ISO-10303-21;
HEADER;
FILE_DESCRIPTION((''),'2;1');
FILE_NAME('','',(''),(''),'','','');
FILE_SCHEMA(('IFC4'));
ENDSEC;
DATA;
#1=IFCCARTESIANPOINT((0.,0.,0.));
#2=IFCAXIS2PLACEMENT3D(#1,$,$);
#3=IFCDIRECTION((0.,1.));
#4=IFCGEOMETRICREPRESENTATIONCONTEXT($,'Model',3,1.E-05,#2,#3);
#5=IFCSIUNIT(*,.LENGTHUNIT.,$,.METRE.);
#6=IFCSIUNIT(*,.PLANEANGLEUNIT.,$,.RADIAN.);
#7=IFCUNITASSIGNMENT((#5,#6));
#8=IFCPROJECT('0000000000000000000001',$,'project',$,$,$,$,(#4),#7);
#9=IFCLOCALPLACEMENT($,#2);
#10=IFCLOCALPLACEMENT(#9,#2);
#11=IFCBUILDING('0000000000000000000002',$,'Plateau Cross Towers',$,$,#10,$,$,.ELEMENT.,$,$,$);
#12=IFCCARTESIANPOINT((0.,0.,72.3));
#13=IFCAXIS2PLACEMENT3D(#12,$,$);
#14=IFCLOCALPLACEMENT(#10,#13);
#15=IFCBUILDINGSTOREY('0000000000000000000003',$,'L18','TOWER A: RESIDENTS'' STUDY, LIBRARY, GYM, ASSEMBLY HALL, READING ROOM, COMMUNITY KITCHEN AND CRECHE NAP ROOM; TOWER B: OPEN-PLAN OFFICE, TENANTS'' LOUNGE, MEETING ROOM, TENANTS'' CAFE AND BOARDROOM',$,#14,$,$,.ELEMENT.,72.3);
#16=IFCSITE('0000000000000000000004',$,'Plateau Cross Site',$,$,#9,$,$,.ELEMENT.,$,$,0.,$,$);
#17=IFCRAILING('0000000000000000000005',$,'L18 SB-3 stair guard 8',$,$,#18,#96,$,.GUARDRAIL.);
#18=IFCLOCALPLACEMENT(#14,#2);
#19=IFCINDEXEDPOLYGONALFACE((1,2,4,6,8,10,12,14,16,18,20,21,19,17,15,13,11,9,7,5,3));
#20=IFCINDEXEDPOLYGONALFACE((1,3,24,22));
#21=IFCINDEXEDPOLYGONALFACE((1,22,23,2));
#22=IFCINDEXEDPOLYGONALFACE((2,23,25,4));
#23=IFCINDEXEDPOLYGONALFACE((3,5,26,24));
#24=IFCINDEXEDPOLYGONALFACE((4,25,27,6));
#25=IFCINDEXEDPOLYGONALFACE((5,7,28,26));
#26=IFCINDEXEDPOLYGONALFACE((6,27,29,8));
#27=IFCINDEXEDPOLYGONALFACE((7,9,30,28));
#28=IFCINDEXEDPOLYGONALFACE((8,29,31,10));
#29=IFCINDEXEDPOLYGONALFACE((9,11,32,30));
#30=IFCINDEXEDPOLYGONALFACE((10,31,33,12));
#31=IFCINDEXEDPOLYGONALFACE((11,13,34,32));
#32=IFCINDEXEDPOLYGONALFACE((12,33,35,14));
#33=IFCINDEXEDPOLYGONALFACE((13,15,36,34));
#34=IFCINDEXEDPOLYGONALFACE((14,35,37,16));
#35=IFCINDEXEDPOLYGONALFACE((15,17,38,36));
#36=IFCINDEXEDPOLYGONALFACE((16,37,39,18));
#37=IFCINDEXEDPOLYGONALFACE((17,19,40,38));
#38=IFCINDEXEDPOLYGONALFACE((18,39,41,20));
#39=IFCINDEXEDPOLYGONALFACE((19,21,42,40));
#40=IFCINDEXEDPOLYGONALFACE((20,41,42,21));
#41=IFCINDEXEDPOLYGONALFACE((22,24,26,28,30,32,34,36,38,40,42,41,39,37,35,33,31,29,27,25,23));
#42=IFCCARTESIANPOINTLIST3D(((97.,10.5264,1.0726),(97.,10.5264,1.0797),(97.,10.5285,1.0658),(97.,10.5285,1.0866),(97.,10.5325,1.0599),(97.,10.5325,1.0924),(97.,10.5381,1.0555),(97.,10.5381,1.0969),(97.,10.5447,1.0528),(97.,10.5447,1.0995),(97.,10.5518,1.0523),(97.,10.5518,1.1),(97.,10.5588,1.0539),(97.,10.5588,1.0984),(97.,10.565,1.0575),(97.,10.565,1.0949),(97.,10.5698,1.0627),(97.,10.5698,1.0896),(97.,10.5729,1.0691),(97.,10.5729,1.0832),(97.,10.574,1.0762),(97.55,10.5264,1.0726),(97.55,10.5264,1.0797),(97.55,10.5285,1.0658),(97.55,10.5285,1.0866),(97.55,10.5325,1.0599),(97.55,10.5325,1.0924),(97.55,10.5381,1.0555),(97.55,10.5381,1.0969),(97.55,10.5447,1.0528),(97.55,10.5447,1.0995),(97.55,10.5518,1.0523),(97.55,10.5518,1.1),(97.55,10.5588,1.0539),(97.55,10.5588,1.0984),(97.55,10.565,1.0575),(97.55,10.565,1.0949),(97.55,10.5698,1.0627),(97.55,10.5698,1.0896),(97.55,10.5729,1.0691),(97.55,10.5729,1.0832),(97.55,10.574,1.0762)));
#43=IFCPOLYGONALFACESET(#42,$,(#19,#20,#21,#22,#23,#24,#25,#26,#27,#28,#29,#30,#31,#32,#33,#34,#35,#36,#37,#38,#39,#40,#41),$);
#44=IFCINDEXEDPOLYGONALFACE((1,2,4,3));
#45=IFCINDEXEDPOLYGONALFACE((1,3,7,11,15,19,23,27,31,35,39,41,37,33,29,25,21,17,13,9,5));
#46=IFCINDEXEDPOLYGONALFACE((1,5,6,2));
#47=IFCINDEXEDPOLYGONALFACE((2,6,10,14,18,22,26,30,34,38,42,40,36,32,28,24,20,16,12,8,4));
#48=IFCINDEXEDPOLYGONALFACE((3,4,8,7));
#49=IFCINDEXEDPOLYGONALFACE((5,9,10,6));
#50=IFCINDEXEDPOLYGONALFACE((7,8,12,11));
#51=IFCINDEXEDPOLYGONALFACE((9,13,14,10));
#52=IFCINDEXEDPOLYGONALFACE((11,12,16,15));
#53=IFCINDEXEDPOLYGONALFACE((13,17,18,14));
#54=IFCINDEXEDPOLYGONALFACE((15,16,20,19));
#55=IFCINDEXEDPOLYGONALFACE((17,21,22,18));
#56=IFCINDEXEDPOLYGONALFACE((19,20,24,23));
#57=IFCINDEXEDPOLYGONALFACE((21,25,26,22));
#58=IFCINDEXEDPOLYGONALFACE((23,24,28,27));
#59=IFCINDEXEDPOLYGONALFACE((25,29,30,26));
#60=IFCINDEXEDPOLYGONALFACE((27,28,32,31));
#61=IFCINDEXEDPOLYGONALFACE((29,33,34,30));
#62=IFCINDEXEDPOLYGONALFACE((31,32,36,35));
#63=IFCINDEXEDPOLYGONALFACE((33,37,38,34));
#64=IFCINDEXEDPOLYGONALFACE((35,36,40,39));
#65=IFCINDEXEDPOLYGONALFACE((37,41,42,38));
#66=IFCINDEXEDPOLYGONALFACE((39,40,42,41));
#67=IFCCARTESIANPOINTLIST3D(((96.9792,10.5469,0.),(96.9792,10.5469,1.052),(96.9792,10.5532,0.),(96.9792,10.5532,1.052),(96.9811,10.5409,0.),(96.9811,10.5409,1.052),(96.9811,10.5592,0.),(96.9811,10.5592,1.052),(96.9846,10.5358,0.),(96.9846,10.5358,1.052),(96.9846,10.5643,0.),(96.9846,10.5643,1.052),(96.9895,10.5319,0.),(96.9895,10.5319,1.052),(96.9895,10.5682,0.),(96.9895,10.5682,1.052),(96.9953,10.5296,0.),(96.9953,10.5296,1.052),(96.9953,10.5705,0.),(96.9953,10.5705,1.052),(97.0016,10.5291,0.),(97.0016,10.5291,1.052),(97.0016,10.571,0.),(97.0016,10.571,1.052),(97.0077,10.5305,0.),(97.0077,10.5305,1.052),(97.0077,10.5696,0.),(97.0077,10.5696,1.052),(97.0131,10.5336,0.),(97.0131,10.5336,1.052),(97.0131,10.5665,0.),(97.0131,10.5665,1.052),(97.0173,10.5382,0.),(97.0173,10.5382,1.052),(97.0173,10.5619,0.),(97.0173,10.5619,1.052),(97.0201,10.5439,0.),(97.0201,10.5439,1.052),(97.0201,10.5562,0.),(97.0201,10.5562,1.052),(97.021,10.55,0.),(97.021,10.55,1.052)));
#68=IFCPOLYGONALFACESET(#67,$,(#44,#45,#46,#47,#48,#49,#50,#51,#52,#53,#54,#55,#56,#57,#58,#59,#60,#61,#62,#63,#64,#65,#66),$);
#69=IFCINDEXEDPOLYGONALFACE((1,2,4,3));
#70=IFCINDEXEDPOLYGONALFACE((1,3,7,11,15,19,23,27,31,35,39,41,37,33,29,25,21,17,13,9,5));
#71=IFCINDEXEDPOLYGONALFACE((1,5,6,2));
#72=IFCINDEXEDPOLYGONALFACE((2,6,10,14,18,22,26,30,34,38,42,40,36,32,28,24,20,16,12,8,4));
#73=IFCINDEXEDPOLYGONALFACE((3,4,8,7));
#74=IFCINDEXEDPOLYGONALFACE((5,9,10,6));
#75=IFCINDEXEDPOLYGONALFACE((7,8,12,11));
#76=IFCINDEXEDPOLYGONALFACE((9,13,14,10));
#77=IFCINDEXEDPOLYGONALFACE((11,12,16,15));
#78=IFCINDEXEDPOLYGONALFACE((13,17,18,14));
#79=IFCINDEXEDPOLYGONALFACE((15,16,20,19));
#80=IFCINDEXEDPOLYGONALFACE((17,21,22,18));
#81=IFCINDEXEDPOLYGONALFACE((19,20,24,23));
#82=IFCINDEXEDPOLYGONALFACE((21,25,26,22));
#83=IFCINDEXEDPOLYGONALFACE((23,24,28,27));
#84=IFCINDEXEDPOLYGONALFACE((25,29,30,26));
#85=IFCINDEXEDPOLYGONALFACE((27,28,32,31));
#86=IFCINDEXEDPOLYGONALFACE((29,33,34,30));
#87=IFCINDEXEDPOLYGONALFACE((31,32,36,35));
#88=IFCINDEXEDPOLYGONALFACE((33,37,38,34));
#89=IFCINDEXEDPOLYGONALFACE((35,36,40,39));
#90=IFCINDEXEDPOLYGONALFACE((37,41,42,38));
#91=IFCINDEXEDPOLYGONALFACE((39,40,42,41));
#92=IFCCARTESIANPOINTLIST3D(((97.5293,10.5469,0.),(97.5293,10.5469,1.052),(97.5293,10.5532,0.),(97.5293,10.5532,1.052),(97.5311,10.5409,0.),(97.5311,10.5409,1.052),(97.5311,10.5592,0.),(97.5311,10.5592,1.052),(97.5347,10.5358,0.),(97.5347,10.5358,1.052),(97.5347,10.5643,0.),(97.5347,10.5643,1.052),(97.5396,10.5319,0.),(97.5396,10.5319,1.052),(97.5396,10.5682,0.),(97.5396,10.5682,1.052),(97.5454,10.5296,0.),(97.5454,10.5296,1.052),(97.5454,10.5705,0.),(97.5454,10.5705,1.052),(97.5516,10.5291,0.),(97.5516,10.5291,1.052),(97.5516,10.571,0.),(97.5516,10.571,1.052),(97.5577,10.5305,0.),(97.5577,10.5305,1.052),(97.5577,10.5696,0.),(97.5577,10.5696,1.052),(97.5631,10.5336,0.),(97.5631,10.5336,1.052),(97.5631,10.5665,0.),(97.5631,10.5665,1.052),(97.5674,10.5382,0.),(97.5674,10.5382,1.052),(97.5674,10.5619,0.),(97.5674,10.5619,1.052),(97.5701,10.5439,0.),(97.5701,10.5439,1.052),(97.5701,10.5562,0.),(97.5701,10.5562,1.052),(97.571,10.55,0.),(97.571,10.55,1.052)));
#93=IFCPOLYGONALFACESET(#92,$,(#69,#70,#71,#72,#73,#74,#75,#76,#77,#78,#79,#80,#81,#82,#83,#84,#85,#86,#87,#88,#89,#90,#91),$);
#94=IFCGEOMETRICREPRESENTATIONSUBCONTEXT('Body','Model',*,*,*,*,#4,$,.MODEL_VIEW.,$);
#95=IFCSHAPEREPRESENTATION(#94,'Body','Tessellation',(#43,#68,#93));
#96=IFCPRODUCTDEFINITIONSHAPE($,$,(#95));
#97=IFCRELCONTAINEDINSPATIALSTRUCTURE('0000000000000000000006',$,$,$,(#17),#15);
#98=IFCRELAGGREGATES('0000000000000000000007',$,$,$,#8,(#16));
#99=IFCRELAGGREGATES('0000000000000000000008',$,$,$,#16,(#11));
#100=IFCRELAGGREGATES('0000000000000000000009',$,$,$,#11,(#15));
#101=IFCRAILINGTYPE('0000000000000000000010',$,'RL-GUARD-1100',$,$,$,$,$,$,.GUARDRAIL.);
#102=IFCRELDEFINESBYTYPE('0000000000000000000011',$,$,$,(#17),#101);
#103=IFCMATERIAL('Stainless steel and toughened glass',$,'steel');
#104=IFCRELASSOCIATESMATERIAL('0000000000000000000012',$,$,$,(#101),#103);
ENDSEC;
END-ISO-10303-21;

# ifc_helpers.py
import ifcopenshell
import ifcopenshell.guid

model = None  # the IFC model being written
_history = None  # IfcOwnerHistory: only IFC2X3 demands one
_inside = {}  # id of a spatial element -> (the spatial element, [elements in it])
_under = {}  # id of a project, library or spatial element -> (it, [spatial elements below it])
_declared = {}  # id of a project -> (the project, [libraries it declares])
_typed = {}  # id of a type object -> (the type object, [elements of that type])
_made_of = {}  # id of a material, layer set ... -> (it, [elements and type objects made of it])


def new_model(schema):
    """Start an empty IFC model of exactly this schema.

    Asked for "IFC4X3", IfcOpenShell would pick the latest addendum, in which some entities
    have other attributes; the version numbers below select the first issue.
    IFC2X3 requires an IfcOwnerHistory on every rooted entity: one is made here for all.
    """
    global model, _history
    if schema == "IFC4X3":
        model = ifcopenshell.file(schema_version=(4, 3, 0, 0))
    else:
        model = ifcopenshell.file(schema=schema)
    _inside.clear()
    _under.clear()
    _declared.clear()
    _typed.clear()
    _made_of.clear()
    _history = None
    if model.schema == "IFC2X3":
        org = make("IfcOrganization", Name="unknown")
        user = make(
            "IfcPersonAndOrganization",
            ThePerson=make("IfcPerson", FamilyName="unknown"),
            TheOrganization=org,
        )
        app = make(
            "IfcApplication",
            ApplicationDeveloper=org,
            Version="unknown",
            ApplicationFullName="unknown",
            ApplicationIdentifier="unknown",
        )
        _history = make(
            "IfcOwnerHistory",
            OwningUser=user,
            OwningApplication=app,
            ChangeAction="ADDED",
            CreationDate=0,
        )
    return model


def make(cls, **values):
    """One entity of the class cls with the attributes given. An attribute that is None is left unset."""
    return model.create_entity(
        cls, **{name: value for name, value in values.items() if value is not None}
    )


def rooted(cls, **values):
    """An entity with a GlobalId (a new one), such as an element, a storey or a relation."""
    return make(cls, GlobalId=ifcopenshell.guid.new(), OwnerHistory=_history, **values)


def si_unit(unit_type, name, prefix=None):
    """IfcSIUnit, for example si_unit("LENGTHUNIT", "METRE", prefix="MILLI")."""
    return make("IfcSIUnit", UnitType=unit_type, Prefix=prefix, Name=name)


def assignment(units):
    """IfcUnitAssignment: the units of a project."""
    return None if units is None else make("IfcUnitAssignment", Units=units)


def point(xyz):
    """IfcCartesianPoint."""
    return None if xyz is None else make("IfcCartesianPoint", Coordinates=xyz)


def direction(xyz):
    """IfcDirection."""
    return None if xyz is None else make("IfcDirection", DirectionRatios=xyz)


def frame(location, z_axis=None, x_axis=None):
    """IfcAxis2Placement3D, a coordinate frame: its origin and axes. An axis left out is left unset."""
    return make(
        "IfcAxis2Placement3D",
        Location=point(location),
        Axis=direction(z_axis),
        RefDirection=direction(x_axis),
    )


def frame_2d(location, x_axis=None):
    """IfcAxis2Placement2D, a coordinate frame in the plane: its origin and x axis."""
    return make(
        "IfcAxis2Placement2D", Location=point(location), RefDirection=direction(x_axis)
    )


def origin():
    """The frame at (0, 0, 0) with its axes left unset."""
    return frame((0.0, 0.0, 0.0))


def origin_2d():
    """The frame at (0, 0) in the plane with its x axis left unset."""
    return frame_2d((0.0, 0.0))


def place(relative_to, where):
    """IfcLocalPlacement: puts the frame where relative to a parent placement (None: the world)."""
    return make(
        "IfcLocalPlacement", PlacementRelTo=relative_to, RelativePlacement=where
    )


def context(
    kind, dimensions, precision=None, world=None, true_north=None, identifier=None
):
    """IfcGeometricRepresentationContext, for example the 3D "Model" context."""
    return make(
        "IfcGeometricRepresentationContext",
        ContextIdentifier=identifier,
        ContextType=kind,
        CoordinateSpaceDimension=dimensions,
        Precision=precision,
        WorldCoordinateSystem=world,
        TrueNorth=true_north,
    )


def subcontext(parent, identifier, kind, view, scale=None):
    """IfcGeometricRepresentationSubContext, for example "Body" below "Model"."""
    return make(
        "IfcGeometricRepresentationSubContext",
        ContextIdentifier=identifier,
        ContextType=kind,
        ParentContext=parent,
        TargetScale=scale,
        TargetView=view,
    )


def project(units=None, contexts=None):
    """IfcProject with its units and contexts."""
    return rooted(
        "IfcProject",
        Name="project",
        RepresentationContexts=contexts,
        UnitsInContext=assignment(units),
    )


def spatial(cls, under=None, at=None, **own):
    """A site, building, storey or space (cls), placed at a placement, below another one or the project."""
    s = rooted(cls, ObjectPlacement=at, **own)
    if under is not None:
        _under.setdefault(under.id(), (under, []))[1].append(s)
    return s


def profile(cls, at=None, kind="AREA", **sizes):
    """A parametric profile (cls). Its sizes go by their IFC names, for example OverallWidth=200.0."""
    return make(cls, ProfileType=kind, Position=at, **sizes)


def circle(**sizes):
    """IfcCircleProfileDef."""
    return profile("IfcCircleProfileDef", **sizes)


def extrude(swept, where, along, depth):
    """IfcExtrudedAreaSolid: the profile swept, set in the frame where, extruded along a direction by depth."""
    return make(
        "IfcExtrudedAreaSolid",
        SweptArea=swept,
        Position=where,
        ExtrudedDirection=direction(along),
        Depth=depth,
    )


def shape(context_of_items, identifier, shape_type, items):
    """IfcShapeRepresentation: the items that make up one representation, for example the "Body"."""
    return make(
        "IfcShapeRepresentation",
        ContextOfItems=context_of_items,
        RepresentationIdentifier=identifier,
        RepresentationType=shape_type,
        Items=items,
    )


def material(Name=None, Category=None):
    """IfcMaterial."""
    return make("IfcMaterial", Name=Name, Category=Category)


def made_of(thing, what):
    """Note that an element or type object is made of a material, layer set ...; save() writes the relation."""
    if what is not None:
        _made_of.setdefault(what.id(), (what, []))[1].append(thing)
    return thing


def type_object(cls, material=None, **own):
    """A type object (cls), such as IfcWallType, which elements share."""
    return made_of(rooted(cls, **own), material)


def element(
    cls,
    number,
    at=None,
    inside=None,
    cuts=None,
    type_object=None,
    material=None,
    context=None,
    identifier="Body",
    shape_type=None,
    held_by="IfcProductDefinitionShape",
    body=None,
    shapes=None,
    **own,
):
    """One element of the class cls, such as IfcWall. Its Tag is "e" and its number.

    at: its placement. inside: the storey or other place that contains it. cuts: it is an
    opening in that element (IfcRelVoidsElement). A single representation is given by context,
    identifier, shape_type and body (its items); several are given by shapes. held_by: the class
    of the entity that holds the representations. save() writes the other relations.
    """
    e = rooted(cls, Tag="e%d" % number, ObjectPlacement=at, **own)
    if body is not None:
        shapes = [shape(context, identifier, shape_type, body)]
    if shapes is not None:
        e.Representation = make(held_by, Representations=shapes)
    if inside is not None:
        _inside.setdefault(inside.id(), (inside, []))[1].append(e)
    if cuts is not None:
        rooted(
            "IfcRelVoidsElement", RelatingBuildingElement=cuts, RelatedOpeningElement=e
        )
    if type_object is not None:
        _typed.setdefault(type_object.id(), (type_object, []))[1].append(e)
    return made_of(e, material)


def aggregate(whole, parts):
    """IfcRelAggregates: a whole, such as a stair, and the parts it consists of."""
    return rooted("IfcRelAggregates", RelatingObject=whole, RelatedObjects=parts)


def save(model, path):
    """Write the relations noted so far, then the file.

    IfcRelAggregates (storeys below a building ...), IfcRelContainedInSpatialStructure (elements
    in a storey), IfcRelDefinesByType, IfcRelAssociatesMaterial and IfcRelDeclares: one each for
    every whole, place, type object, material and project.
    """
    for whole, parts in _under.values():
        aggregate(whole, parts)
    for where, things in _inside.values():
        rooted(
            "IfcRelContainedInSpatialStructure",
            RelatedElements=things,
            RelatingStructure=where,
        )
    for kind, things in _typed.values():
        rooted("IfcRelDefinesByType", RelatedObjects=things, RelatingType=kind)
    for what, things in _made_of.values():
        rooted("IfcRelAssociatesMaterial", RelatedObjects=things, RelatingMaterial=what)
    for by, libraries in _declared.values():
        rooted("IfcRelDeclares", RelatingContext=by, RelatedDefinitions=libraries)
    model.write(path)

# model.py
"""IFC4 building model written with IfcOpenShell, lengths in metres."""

from ifc_helpers import new_model, si_unit, direction, frame, origin, origin_2d, place, context, subcontext, project, spatial, circle, extrude, material, type_object, element, save


model = new_model("IFC4")

# Units and contexts
model_context = context("Model", 3, precision=1e-05, world=origin(), true_north=direction((0.0, 1.0)))
body_context = subcontext(model_context, "Body", "Model", "MODEL_VIEW")
ifc_project = project(units=[si_unit("LENGTHUNIT", "METRE"), si_unit("PLANEANGLEUNIT", "RADIAN")], contexts=[model_context])

# Site, building, storey
site_placement = place(None, origin())
site = spatial("IfcSite", under=ifc_project, at=site_placement, Name="Plateau Cross Site", CompositionType="ELEMENT", RefElevation=0.0)
building_placement = place(site_placement, origin())
building = spatial("IfcBuilding", under=site, at=building_placement, Name="Plateau Cross Towers", CompositionType="ELEMENT")
storey_placement = place(building_placement, frame((0.0, 0.0, 72.3)))
storey = spatial("IfcBuildingStorey", under=building, at=storey_placement, Name="L18", Description="TOWER A: RESIDENTS' STUDY, LIBRARY, GYM, ASSEMBLY HALL, READING ROOM, COMMUNITY KITCHEN AND CRECHE NAP ROOM; TOWER B: OPEN-PLAN OFFICE, TENANTS' LOUNGE, MEETING ROOM, TENANTS' CAFE AND BOARDROOM", CompositionType="ELEMENT", Elevation=72.3)

# Railing
ifc_material_1 = material(Name="Stainless steel and toughened glass", Category="steel")
railing_type_1 = type_object("IfcRailingType", Name="RL-GUARD-1100", PredefinedType="GUARDRAIL", material=ifc_material_1)
railing_1_placement = place(storey_placement, frame((97.0, 10.55, 0.0)))
element("IfcRailing", 1, at=railing_1_placement, inside=storey, type_object=railing_type_1, Name="L18 SB-3 stair guard 8", PredefinedType="GUARDRAIL", context=body_context, shape_type="SweptSolid", body=[
    extrude(circle(Radius=0.0239, at=origin_2d()), frame((0.0, 0.0, 1.0762), z_axis=(1.0, 0.0, 0.0), x_axis=(0.0, 1.0, 0.0)), (0.0, 0.0, 1.0), 0.55),
    extrude(circle(Radius=0.021, at=origin_2d()), origin(), (0.0, 0.0, 1.0), 1.052),
    extrude(circle(Radius=0.021, at=origin_2d()), frame((0.55, 0.0, 0.0)), (0.0, 0.0, 1.0), 1.052),
])

save(model, "model.ifc")
